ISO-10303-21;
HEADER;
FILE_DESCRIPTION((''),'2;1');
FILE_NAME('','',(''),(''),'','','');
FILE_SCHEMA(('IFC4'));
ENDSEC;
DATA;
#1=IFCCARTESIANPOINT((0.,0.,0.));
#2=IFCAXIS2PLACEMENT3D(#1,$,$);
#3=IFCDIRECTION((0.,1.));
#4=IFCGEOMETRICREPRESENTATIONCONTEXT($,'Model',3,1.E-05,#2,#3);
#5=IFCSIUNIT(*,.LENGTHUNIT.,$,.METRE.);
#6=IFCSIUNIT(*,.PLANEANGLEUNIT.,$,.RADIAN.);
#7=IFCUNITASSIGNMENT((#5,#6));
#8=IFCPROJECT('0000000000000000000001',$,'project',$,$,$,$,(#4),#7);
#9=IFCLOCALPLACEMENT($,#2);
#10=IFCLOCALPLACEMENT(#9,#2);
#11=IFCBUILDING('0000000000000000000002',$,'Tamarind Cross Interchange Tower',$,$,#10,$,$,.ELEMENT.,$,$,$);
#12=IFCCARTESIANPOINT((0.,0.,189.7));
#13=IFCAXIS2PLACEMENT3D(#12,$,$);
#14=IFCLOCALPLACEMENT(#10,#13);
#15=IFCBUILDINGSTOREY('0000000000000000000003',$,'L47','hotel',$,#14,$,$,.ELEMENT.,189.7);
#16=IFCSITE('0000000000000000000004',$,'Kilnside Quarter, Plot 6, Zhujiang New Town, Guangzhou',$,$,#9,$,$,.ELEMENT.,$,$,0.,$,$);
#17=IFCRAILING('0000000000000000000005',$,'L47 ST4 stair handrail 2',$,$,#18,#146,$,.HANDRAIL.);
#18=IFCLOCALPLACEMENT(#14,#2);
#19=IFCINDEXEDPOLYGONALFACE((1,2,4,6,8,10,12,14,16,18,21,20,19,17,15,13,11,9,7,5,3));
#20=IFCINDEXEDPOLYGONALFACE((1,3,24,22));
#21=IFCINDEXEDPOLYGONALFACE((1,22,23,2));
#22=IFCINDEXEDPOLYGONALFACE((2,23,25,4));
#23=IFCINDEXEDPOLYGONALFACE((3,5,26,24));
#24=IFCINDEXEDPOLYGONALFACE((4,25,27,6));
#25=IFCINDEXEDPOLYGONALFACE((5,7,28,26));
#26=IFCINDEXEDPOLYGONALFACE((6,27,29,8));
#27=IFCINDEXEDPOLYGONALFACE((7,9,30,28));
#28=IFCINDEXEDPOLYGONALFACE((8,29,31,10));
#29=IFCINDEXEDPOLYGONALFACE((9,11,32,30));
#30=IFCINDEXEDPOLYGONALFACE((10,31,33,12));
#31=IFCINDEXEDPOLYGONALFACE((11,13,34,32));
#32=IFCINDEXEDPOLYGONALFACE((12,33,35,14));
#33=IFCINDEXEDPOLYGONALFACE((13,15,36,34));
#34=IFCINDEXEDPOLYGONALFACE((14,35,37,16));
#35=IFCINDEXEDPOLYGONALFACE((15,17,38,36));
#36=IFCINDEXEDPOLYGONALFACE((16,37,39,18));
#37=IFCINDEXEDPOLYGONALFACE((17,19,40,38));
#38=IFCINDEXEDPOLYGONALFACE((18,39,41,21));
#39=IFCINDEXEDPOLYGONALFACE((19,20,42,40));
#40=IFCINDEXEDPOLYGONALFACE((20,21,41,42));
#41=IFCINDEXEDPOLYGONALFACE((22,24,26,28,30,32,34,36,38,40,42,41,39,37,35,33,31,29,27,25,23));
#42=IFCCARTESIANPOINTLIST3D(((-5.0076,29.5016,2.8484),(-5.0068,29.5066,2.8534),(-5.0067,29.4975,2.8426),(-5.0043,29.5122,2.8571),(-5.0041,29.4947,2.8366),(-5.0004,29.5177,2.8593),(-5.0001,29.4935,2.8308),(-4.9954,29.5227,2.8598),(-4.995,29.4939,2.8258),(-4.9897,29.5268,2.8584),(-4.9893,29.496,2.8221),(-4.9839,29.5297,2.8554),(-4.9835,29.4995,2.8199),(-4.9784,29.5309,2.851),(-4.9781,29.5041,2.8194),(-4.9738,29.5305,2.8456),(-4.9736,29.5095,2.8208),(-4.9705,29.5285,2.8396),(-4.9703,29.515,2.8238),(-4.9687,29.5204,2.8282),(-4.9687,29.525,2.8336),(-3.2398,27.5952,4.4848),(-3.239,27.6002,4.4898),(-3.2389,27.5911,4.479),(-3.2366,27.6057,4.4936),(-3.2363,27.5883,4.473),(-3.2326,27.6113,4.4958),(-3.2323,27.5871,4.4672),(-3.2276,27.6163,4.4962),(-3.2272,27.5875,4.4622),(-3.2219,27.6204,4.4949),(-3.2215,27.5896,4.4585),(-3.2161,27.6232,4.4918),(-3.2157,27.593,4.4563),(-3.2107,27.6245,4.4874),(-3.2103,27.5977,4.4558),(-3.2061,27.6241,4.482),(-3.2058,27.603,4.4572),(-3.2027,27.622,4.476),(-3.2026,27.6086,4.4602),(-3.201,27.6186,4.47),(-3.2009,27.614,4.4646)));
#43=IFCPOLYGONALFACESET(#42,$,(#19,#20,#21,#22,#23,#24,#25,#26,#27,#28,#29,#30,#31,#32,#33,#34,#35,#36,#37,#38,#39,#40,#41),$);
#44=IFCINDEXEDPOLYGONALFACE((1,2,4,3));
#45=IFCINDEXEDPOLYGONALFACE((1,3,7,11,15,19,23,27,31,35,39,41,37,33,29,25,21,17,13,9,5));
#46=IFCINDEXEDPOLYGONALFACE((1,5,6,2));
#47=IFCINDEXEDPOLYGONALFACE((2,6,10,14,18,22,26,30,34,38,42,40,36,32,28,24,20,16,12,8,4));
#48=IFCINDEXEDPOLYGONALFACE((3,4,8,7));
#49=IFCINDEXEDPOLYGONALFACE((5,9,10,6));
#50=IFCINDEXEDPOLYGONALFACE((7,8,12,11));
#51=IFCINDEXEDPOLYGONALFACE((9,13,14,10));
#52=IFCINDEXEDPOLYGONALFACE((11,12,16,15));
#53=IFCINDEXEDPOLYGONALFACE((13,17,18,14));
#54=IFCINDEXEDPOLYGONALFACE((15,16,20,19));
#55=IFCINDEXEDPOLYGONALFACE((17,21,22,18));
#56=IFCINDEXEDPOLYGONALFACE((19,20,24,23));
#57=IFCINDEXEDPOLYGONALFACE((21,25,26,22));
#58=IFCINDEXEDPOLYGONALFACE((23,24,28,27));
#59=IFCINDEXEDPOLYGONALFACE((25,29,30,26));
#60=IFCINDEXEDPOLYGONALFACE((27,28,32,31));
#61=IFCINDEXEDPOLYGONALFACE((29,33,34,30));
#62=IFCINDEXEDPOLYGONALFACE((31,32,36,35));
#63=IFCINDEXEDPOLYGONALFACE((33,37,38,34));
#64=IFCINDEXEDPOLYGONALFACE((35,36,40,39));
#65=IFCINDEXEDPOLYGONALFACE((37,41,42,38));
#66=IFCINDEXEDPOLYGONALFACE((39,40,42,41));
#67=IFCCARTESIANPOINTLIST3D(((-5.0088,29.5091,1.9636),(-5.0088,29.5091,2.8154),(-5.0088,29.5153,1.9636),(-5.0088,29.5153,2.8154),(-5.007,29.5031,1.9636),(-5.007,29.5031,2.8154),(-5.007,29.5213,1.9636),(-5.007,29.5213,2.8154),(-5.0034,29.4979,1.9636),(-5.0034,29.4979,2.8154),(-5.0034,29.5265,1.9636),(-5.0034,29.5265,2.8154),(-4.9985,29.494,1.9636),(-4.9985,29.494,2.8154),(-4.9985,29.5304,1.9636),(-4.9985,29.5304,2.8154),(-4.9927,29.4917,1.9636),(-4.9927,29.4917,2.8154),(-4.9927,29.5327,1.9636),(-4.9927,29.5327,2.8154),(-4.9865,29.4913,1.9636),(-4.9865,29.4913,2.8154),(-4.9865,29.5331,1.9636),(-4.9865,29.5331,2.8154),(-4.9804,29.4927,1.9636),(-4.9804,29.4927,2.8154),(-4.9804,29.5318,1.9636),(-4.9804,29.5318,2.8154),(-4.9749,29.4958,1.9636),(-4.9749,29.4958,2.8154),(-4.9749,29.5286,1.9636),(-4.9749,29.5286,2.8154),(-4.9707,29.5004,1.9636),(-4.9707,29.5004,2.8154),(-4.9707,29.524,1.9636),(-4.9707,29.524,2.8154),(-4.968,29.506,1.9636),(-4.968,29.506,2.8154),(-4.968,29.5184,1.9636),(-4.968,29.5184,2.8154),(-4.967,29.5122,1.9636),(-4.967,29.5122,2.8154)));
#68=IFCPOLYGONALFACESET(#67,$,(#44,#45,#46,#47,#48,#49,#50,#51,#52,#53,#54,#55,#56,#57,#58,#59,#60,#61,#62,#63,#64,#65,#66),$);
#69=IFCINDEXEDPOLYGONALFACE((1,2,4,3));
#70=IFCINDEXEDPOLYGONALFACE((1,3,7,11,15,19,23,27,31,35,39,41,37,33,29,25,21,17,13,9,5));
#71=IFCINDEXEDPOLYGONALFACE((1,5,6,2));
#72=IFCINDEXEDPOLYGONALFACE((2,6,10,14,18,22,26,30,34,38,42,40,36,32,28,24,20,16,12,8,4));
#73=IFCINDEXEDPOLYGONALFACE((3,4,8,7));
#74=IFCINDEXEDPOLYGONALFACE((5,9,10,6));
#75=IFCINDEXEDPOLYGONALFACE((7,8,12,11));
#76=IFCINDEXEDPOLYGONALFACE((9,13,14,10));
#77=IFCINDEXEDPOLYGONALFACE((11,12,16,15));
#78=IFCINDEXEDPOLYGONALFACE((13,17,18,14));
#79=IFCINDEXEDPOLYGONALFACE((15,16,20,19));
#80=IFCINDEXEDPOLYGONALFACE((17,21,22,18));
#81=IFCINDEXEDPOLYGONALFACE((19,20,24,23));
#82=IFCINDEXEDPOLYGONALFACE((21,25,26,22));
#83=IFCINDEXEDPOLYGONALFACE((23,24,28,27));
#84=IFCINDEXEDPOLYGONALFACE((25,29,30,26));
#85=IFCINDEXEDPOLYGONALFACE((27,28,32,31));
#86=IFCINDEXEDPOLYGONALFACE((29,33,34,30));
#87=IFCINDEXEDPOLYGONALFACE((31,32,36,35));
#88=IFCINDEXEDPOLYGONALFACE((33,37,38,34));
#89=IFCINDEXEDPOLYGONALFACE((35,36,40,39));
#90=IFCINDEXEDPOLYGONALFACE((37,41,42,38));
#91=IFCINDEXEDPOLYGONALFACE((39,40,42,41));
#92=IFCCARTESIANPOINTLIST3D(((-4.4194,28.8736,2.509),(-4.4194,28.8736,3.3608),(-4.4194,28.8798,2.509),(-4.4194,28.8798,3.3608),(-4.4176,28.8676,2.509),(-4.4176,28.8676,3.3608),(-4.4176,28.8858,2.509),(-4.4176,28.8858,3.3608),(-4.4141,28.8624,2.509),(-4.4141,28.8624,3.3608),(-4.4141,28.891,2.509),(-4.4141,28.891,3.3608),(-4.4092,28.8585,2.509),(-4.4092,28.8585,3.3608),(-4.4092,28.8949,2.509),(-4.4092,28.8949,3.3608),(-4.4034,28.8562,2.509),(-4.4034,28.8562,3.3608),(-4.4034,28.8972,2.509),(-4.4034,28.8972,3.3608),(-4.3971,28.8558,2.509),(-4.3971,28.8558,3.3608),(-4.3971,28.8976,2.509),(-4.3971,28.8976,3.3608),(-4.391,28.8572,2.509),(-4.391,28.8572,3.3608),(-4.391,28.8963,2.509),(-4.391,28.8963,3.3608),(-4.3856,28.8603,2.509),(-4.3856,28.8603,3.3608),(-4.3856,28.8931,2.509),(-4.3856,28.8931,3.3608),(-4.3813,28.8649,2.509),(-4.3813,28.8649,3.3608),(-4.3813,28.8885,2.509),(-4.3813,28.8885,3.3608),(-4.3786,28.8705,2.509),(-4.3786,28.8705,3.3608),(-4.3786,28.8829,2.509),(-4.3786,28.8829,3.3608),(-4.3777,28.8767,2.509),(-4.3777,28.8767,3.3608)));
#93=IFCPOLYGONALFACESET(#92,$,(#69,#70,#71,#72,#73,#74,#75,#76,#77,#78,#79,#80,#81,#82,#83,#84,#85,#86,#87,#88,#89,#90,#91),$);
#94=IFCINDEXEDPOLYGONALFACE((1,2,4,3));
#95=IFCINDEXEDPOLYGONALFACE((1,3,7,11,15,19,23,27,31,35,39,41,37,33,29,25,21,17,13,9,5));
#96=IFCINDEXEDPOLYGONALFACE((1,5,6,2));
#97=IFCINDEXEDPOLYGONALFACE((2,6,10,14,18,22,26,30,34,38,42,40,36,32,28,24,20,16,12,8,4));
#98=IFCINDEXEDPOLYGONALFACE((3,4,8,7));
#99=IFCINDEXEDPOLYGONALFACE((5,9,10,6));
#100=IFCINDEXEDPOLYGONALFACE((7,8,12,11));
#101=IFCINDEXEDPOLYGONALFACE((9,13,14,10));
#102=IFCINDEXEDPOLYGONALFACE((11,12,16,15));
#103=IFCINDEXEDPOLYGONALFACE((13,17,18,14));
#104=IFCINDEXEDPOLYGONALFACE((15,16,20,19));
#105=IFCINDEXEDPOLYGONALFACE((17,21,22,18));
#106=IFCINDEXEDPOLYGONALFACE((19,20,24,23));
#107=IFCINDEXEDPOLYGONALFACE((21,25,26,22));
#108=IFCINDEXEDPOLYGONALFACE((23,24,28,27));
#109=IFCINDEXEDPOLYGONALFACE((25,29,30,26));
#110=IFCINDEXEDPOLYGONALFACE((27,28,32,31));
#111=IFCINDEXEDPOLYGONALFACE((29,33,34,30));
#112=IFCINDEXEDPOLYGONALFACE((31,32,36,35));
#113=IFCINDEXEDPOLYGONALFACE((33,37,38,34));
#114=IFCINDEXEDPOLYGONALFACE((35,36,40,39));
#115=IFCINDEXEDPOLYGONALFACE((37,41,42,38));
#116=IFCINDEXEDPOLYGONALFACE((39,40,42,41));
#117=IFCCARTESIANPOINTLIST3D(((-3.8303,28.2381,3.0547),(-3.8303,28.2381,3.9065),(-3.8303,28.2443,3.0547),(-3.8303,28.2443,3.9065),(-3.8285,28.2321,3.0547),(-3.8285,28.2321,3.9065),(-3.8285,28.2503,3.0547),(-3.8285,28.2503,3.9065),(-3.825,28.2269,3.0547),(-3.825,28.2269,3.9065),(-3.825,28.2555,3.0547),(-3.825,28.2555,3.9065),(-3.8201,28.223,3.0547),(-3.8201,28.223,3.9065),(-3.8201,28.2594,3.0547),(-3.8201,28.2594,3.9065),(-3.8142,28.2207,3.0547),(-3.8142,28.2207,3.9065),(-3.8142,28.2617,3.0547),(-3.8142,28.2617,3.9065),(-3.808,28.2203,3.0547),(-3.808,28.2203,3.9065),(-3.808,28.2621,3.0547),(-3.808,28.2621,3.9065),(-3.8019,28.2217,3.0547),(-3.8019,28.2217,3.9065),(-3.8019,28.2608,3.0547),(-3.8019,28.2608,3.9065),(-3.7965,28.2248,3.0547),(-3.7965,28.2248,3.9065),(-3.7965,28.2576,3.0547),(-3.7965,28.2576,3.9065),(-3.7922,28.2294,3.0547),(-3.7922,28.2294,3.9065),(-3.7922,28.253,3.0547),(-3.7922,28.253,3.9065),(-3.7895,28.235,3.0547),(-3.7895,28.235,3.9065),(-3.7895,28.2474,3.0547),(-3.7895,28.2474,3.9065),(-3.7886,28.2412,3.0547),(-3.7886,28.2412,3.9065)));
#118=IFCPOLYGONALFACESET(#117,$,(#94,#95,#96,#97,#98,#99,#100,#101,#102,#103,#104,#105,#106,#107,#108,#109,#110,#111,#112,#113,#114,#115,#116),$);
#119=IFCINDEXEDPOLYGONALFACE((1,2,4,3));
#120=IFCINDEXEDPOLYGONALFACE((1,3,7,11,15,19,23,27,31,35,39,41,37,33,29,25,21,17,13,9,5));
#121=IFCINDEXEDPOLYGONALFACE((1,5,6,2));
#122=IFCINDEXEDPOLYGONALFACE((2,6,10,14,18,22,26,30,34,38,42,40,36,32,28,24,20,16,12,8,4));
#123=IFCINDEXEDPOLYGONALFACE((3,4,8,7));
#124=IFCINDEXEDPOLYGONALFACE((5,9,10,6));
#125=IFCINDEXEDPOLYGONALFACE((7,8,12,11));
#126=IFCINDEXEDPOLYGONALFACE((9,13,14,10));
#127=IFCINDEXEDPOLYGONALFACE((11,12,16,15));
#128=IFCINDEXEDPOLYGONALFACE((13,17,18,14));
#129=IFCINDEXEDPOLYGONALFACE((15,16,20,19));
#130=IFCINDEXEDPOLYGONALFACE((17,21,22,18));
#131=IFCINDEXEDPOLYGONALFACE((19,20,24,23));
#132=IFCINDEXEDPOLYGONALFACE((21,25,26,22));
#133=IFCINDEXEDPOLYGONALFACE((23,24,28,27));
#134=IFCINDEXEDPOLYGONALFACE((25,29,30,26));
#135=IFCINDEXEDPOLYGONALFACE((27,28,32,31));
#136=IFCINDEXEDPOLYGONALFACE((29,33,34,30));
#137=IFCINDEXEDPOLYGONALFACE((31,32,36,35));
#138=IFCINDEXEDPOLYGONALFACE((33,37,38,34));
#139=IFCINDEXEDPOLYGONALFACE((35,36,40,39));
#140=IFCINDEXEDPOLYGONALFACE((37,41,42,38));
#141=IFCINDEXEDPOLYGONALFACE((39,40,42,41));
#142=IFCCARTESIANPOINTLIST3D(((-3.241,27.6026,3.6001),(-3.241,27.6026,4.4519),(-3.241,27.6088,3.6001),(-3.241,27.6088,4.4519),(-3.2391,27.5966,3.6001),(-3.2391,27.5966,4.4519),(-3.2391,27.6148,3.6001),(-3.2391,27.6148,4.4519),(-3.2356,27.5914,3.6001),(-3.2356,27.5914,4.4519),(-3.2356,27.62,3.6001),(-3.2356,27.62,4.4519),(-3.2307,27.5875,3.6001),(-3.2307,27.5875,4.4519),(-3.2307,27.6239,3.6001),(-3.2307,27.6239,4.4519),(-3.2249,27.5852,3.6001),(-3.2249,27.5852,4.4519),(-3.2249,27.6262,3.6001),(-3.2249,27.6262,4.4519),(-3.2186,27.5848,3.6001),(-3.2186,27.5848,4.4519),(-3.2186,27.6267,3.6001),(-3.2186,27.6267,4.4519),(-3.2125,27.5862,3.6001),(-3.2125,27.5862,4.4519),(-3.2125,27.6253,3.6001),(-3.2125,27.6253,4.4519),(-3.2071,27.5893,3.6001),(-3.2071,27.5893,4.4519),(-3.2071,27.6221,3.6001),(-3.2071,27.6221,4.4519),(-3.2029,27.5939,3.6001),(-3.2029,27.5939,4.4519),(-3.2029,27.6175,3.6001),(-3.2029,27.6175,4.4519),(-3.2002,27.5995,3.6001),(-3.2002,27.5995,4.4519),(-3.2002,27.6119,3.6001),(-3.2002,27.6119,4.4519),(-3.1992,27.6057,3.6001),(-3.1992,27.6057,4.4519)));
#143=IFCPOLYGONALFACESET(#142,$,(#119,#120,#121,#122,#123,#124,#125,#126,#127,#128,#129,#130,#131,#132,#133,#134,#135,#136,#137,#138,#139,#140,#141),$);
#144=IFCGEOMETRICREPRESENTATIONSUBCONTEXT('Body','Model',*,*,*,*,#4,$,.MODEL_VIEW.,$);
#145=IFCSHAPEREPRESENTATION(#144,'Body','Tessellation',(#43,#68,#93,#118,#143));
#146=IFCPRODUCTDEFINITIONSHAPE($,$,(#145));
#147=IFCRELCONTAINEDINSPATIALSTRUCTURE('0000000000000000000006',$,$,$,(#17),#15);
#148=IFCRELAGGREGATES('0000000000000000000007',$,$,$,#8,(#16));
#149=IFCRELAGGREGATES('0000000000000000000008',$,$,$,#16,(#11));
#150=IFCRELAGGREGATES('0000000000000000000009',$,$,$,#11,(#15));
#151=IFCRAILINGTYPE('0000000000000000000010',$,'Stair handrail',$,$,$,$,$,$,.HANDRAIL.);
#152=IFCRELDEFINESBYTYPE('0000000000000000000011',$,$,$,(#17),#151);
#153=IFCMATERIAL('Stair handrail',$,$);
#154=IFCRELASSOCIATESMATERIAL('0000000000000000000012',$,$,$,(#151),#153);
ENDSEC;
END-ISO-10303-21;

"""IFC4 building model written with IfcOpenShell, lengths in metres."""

from ifc_helpers import new_model, si_unit, direction, frame, origin, origin_2d, place, context, subcontext, project, spatial, circle, extrude, material, type_object, element, save


model = new_model("IFC4")

# Units and contexts
model_context = context("Model", 3, precision=1e-05, world=origin(), true_north=direction((0.0, 1.0)))
body_context = subcontext(model_context, "Body", "Model", "MODEL_VIEW")
ifc_project = project(units=[si_unit("LENGTHUNIT", "METRE"), si_unit("PLANEANGLEUNIT", "RADIAN")], contexts=[model_context])

# Site, building, storey
site_placement = place(None, origin())
site = spatial("IfcSite", under=ifc_project, at=site_placement, Name="Kilnside Quarter, Plot 6, Zhujiang New Town, Guangzhou", CompositionType="ELEMENT", RefElevation=0.0)
building_placement = place(site_placement, origin())
building = spatial("IfcBuilding", under=site, at=building_placement, Name="Tamarind Cross Interchange Tower", CompositionType="ELEMENT")
storey_placement = place(building_placement, frame((0.0, 0.0, 189.7)))
storey = spatial("IfcBuildingStorey", under=building, at=storey_placement, Name="L47", Description="hotel", CompositionType="ELEMENT", Elevation=189.7)

# Railing
ifc_material_1 = material(Name="Stair handrail")
railing_type_1 = type_object("IfcRailingType", Name="Stair handrail", PredefinedType="HANDRAIL", material=ifc_material_1)
railing_1_placement = place(storey_placement, frame((-4.988, 29.5122, 1.9636)))
element("IfcRailing", 1, at=railing_1_placement, inside=storey, type_object=railing_type_1, Name="L47 ST4 stair handrail 2", PredefinedType="HANDRAIL", context=body_context, shape_type="SweptSolid", body=[
    extrude(circle(Radius=0.0239, at=origin_2d()), frame((0.0, 0.0, 0.876), z_axis=(0.575439, -0.620578, 0.532685), x_axis=(0.733272, 0.679936, 0.0)), (0.0, 0.0, 1.0), 3.072),
    extrude(circle(Radius=0.021, at=origin_2d()), origin(), (0.0, 0.0, 1.0), 0.8518),
    extrude(circle(Radius=0.021, at=origin_2d()), frame((0.5894, -0.6355, 0.5454)), (0.0, 0.0, 1.0), 0.8518),
    extrude(circle(Radius=0.021, at=origin_2d()), frame((1.1785, -1.271, 1.0911)), (0.0, 0.0, 1.0), 0.8518),
    extrude(circle(Radius=0.021, at=origin_2d()), frame((1.7678, -1.9065, 1.6365)), (0.0, 0.0, 1.0), 0.8518),
])

save(model, "model.ifc")
